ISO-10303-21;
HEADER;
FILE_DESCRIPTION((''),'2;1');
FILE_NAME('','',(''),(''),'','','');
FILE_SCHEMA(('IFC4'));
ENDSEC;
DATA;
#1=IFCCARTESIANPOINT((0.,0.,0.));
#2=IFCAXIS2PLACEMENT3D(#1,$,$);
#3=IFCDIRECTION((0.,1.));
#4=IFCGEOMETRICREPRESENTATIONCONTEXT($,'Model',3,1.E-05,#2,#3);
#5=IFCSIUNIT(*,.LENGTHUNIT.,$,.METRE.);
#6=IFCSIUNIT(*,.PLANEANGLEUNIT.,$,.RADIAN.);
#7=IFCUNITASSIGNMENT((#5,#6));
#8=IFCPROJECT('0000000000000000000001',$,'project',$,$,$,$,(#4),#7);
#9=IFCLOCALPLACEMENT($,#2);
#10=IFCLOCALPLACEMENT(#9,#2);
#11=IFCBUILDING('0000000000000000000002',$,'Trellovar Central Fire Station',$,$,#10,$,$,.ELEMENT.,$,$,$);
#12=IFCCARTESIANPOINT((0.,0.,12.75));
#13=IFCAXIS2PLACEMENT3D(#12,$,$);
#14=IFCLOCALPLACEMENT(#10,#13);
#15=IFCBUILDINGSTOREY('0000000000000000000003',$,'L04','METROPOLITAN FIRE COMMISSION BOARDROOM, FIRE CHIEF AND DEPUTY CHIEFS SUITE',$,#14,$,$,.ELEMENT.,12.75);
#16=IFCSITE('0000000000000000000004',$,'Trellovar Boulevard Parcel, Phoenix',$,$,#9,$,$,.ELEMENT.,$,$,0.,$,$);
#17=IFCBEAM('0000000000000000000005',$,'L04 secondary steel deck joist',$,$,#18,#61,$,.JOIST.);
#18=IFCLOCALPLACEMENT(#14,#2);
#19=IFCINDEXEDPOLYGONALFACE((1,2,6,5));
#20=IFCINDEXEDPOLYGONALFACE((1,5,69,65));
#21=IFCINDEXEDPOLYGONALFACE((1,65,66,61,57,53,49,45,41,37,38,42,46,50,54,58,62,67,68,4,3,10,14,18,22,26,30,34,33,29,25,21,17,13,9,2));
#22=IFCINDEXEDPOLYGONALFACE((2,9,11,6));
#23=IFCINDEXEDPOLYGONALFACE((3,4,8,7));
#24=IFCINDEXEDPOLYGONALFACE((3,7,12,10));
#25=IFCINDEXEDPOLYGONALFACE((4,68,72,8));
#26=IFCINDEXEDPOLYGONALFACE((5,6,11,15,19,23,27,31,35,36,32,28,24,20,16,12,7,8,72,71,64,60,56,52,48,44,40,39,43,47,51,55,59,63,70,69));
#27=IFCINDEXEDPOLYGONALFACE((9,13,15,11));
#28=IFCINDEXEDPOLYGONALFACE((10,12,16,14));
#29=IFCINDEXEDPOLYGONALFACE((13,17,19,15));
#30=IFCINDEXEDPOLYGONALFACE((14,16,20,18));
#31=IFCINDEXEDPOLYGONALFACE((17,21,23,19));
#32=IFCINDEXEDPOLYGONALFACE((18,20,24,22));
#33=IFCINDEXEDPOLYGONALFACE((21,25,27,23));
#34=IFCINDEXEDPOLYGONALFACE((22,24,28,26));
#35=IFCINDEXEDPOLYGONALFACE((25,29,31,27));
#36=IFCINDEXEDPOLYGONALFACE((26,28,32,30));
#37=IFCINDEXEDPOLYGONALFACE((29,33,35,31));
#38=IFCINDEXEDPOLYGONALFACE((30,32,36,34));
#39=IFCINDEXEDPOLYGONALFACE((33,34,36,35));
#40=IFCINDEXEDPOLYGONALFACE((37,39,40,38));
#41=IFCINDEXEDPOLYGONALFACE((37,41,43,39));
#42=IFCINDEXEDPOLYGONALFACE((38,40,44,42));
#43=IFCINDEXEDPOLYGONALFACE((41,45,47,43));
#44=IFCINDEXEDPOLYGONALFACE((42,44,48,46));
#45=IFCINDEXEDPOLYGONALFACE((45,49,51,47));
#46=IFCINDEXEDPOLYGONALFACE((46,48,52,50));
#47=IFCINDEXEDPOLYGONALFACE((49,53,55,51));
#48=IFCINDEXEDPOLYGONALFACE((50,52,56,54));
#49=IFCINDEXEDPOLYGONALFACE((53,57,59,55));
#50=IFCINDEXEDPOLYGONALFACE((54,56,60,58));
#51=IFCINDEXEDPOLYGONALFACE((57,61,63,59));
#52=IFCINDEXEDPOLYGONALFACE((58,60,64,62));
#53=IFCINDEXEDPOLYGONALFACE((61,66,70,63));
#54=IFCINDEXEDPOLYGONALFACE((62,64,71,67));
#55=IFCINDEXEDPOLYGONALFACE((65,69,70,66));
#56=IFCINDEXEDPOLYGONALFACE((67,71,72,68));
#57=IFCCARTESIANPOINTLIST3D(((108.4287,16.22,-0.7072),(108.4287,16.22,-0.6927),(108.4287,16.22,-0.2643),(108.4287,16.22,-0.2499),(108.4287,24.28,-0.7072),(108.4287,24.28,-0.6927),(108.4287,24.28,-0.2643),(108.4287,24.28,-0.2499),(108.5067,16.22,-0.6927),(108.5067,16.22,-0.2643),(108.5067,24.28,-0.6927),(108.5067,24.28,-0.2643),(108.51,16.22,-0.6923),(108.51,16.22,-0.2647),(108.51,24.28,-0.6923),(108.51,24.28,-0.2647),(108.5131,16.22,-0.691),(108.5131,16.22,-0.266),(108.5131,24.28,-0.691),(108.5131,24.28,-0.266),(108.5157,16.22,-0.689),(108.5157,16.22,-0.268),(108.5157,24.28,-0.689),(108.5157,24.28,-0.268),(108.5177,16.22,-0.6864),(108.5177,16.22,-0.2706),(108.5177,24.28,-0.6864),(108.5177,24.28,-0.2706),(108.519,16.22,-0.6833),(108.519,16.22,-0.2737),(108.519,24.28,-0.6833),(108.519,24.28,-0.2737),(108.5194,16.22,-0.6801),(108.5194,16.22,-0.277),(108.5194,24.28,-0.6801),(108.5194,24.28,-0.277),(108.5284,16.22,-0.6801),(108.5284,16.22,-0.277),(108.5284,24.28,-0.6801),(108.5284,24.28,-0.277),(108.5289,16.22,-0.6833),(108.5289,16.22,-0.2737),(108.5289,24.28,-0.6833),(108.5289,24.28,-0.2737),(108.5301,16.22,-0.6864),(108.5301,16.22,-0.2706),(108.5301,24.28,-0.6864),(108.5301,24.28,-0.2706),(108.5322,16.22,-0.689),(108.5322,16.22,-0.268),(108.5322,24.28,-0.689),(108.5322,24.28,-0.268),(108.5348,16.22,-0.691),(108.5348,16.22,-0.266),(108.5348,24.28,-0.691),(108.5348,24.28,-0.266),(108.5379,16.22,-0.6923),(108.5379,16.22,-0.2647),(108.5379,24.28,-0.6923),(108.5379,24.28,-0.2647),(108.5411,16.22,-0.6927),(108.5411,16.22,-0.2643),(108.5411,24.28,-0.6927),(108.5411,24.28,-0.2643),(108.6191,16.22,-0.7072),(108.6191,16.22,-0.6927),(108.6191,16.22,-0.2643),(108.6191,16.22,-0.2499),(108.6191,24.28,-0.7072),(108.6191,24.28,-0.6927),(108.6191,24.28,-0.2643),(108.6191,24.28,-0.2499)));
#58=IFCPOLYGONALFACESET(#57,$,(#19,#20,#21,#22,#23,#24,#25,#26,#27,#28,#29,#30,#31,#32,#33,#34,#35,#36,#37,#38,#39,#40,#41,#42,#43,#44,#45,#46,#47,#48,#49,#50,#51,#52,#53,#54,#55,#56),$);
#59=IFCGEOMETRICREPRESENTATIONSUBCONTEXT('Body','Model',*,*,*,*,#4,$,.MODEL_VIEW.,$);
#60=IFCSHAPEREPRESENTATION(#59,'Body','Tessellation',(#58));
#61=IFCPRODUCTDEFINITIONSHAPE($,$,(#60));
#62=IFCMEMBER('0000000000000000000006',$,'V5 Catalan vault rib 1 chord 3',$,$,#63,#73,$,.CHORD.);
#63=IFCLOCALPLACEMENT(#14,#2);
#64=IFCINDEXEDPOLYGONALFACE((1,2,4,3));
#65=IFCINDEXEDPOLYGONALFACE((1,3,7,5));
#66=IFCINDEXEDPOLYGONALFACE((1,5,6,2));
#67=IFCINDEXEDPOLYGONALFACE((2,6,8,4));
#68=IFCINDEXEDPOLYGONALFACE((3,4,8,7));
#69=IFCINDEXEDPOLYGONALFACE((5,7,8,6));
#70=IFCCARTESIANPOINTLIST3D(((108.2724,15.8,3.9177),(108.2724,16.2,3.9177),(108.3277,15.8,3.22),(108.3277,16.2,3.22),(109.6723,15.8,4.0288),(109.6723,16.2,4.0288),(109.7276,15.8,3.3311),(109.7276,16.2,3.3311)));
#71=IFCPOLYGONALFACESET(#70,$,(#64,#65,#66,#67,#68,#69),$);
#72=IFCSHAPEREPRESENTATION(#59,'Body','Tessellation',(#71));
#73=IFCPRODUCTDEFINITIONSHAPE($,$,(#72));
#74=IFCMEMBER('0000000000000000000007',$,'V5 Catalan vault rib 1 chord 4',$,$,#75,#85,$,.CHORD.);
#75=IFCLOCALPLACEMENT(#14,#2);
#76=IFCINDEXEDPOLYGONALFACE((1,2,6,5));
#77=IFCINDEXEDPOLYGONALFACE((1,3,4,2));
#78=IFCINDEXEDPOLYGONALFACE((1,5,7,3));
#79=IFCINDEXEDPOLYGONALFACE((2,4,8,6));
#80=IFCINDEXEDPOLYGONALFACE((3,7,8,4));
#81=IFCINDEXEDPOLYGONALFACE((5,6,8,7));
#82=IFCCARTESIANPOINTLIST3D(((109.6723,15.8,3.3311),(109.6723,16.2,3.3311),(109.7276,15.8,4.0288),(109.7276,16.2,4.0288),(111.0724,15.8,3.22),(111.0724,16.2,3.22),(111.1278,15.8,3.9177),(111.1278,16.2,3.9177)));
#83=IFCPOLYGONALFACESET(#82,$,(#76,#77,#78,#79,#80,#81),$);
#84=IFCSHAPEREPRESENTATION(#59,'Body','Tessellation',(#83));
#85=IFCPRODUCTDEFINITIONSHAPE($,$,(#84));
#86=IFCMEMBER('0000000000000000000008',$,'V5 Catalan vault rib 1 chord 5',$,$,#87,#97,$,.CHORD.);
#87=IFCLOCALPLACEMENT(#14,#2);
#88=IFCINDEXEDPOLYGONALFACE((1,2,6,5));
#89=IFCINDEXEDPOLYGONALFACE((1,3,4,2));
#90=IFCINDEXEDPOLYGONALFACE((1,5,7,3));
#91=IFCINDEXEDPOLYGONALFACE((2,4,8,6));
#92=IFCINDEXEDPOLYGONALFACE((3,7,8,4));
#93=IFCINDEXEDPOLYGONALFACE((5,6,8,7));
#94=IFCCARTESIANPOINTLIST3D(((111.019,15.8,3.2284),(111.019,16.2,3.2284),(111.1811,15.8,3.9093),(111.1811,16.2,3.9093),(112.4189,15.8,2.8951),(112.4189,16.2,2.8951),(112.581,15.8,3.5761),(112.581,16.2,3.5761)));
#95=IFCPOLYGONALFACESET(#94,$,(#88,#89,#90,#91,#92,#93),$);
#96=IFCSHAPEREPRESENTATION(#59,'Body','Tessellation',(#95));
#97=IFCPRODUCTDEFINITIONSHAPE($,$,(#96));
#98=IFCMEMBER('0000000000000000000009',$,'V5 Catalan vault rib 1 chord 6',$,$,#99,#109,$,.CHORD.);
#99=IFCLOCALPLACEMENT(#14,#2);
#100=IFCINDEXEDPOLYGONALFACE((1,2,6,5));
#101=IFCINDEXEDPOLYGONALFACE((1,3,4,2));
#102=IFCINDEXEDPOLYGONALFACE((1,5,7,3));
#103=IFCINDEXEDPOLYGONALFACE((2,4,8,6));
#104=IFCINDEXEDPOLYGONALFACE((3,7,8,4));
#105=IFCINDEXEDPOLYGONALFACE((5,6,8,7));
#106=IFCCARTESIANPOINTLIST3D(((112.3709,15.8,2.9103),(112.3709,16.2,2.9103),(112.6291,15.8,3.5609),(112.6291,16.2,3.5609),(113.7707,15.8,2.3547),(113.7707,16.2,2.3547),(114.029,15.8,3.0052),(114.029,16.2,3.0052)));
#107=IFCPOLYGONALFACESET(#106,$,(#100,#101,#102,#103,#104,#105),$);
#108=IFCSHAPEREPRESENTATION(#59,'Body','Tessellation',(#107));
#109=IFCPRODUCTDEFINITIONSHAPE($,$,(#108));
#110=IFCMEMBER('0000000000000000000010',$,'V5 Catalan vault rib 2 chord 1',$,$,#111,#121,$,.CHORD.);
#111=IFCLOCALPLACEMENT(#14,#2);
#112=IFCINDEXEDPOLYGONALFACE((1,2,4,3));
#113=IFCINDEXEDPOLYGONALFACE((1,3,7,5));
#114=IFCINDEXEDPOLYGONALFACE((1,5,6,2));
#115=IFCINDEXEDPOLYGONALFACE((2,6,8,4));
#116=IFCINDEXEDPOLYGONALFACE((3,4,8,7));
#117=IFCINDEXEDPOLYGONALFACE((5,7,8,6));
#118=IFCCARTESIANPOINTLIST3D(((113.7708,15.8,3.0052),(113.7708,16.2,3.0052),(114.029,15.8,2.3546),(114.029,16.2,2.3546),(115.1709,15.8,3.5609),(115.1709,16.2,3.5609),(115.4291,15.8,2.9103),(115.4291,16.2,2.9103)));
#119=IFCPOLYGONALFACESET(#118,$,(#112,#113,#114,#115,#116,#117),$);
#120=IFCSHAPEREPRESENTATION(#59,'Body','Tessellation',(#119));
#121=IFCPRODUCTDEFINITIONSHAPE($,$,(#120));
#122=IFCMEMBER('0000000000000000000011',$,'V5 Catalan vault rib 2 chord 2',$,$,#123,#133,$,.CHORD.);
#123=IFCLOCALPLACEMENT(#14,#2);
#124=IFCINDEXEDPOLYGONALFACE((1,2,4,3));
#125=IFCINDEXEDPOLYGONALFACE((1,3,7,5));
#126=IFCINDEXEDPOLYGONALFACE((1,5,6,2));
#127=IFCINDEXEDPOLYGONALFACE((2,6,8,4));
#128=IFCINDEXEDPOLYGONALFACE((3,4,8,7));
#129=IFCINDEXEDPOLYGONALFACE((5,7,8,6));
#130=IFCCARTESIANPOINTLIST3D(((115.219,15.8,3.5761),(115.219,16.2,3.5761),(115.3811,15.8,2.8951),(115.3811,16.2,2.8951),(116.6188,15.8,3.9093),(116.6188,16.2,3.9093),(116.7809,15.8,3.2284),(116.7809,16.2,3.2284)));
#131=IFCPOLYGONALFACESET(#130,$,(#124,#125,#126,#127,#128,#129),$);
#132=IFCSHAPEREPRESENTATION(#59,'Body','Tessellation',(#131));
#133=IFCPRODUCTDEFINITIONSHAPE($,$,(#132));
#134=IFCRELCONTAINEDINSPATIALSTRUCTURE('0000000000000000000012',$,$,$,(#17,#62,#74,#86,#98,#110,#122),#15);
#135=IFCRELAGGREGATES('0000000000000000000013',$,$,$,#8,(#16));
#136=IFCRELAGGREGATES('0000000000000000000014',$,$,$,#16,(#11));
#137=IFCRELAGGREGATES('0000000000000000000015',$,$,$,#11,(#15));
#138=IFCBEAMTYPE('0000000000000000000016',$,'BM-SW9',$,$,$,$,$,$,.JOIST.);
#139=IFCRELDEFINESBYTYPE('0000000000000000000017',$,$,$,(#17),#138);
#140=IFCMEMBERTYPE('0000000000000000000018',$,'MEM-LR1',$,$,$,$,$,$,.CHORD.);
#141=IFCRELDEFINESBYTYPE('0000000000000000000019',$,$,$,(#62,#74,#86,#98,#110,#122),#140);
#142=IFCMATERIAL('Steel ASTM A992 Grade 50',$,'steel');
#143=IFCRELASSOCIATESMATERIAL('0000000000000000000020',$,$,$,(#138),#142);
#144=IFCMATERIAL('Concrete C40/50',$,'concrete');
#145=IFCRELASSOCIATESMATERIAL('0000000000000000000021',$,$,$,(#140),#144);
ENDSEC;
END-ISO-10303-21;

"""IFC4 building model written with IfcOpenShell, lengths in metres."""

from ifc_helpers import new_model, si_unit, direction, frame, origin, origin_2d, place, context, subcontext, project, spatial, rectangle, i_section, extrude, material, material_profile, profile_set, type_object, element, save


model = new_model("IFC4")

# Units and contexts
model_context = context("Model", 3, precision=1e-05, world=origin(), true_north=direction((0.0, 1.0)))
body_context = subcontext(model_context, "Body", "Model", "MODEL_VIEW")
ifc_project = project(units=[si_unit("LENGTHUNIT", "METRE"), si_unit("PLANEANGLEUNIT", "RADIAN")], contexts=[model_context])

# Site, building, storey
site_placement = place(None, origin())
site = spatial("IfcSite", under=ifc_project, at=site_placement, Name="Trellovar Boulevard Parcel, Phoenix", CompositionType="ELEMENT", RefElevation=0.0)
building_placement = place(site_placement, origin())
building = spatial("IfcBuilding", under=site, at=building_placement, Name="Trellovar Central Fire Station", CompositionType="ELEMENT")
storey_placement = place(building_placement, frame((0.0, 0.0, 12.75)))
storey = spatial("IfcBuildingStorey", under=building, at=storey_placement, Name="L04", Description="METROPOLITAN FIRE COMMISSION BOARDROOM, FIRE CHIEF AND DEPUTY CHIEFS SUITE", CompositionType="ELEMENT", Elevation=12.75)

# Beam
ifc_material_1 = material(Name="Steel ASTM A992 Grade 50", Category="steel")
ifc_material_profile_1 = material_profile(ifc_material_1, i_section(OverallWidth=0.1904, OverallDepth=0.4573, WebThickness=0.009, FlangeThickness=0.0144, FilletRadius=0.0127, at=origin_2d()), Name="W18X50")
ifc_profile_set_1 = profile_set([ifc_material_profile_1], Name="Steel ASTM A992 Grade 50")
beam_type_1 = type_object("IfcBeamType", Name="BM-SW9", PredefinedType="JOIST", material=ifc_profile_set_1)
beam_1_placement = place(storey_placement, frame((108.5239, 16.22, -0.4785), z_axis=(0.0, 1.0, 0.0), x_axis=(-1.0, 0.0, 0.0)))
element("IfcBeam", 1, at=beam_1_placement, inside=storey, type_object=beam_type_1, Name="L04 secondary steel deck joist", PredefinedType="JOIST", context=body_context, shape_type="SweptSolid", body=[
    extrude(i_section(OverallWidth=0.1904, OverallDepth=0.4573, WebThickness=0.009, FlangeThickness=0.0144, FilletRadius=0.0127, at=origin_2d()), origin(), (0.0, 0.0, 1.0), 8.0601),
])

# Members
ifc_material_2 = material(Name="Concrete C40/50", Category="concrete")
ifc_material_profile_2 = material_profile(ifc_material_2, rectangle(XDim=0.3999, YDim=0.7, at=origin_2d()), Name="RC400X700")
ifc_profile_set_2 = profile_set([ifc_material_profile_2], Name="Concrete C40/50")
member_type_1 = type_object("IfcMemberType", Name="MEM-LR1", PredefinedType="CHORD", material=ifc_profile_set_2)
member_1_placement = place(storey_placement, frame((108.3, 16.0, 3.5688), z_axis=(0.996866, 0.0, 0.079103), x_axis=(0.0, 1.0, 0.0)))
element("IfcMember", 2, at=member_1_placement, inside=storey, type_object=member_type_1, Name="V5 Catalan vault rib 1 chord 3", PredefinedType="CHORD", context=body_context, shape_type="SweptSolid", body=[
    extrude(rectangle(XDim=0.3999, YDim=0.7, at=origin_2d()), origin(), (0.0, 0.0, 1.0), 1.4043),
])
member_2_placement = place(storey_placement, frame((109.7, 16.0, 3.6799), z_axis=(0.996868, 0.0, -0.079089), x_axis=(0.0, 1.0, 0.0)))
element("IfcMember", 3, at=member_2_placement, inside=storey, type_object=member_type_1, Name="V5 Catalan vault rib 1 chord 4", PredefinedType="CHORD", context=body_context, shape_type="SweptSolid", body=[
    extrude(rectangle(XDim=0.3999, YDim=0.7, at=origin_2d()), origin(), (0.0, 0.0, 1.0), 1.4045),
])
member_3_placement = place(storey_placement, frame((111.1001, 16.0, 3.5688), z_axis=(0.972815, 0.0, -0.231582), x_axis=(0.0, 1.0, 0.0)))
element("IfcMember", 4, at=member_3_placement, inside=storey, type_object=member_type_1, Name="V5 Catalan vault rib 1 chord 5", PredefinedType="CHORD", context=body_context, shape_type="SweptSolid", body=[
    extrude(rectangle(XDim=0.3999, YDim=0.7, at=origin_2d()), origin(), (0.0, 0.0, 1.0), 1.439),
])
member_4_placement = place(storey_placement, frame((112.5, 16.0, 3.2356), z_axis=(0.929457, 0.0, -0.36893), x_axis=(0.0, 1.0, 0.0)))
element("IfcMember", 5, at=member_4_placement, inside=storey, type_object=member_type_1, Name="V5 Catalan vault rib 1 chord 6", PredefinedType="CHORD", context=body_context, shape_type="SweptSolid", body=[
    extrude(rectangle(XDim=0.3999, YDim=0.7, at=origin_2d()), origin(), (0.0, 0.0, 1.0), 1.5061),
])
member_5_placement = place(storey_placement, frame((113.8999, 16.0, 2.6799), z_axis=(0.929479, 0.0, 0.368874), x_axis=(0.0, 1.0, 0.0)))
element("IfcMember", 6, at=member_5_placement, inside=storey, type_object=member_type_1, Name="V5 Catalan vault rib 2 chord 1", PredefinedType="CHORD", context=body_context, shape_type="SweptSolid", body=[
    extrude(rectangle(XDim=0.3999, YDim=0.7, at=origin_2d()), origin(), (0.0, 0.0, 1.0), 1.5063),
])
member_6_placement = place(storey_placement, frame((115.3, 16.0, 3.2356), z_axis=(0.972815, 0.0, 0.231582), x_axis=(0.0, 1.0, 0.0)))
element("IfcMember", 7, at=member_6_placement, inside=storey, type_object=member_type_1, Name="V5 Catalan vault rib 2 chord 2", PredefinedType="CHORD", context=body_context, shape_type="SweptSolid", body=[
    extrude(rectangle(XDim=0.3999, YDim=0.7, at=origin_2d()), origin(), (0.0, 0.0, 1.0), 1.439),
])

save(model, "model.ifc")
